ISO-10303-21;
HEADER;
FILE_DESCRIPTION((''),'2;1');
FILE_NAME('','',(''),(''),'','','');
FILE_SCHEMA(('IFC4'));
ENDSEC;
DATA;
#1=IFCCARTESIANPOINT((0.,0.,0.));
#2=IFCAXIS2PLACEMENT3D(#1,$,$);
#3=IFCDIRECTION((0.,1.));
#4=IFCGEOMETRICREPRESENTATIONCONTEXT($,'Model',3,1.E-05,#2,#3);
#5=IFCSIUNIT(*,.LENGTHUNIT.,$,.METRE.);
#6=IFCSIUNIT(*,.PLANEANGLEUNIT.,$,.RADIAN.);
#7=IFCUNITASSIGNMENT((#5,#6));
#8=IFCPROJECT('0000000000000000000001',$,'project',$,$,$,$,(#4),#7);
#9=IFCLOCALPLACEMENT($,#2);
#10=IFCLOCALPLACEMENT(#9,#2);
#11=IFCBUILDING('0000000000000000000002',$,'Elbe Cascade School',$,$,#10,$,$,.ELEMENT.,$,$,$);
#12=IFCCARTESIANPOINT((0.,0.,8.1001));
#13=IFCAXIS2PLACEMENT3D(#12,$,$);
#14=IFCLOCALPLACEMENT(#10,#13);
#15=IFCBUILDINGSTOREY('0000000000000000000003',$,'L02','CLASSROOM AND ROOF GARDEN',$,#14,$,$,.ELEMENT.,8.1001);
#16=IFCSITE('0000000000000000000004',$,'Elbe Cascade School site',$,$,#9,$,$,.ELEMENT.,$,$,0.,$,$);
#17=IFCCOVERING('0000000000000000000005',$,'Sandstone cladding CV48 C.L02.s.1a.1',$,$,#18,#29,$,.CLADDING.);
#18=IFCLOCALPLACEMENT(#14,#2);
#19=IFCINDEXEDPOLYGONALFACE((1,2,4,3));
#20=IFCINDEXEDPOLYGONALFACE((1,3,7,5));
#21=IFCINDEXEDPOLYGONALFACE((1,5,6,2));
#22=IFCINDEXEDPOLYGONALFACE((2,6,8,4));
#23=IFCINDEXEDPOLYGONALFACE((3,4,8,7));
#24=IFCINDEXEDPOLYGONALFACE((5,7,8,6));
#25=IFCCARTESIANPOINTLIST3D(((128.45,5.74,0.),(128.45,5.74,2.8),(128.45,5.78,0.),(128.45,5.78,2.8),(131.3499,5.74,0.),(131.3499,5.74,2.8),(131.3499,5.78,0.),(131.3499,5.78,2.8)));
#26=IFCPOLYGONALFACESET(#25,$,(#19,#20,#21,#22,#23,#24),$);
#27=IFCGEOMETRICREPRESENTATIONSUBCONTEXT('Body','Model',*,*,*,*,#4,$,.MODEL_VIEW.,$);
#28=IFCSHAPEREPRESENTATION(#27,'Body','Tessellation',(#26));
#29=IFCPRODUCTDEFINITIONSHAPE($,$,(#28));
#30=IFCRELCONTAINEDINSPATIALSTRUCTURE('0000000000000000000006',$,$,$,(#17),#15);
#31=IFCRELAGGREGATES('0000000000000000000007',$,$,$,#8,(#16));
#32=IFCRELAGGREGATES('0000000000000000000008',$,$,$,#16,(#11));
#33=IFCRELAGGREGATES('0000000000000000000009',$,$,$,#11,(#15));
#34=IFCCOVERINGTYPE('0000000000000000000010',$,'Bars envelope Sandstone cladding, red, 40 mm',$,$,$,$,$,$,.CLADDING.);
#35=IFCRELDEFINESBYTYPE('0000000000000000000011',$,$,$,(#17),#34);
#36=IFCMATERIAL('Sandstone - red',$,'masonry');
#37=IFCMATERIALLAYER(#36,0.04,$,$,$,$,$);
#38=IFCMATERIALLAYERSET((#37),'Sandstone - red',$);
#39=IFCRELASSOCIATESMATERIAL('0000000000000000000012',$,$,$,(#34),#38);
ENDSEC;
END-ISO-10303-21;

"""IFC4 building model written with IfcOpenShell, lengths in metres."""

from ifc_helpers import new_model, si_unit, direction, frame, origin, origin_2d, place, context, subcontext, project, spatial, rectangle, extrude, material, layer, layer_set, type_object, element, save


model = new_model("IFC4")

# Units and contexts
model_context = context("Model", 3, precision=1e-05, world=origin(), true_north=direction((0.0, 1.0)))
body_context = subcontext(model_context, "Body", "Model", "MODEL_VIEW")
ifc_project = project(units=[si_unit("LENGTHUNIT", "METRE"), si_unit("PLANEANGLEUNIT", "RADIAN")], contexts=[model_context])

# Site, building, storey
site_placement = place(None, origin())
site = spatial("IfcSite", under=ifc_project, at=site_placement, Name="Elbe Cascade School site", CompositionType="ELEMENT", RefElevation=0.0)
building_placement = place(site_placement, origin())
building = spatial("IfcBuilding", under=site, at=building_placement, Name="Elbe Cascade School", CompositionType="ELEMENT")
storey_placement = place(building_placement, frame((0.0, 0.0, 8.1001)))
storey = spatial("IfcBuildingStorey", under=building, at=storey_placement, Name="L02", Description="CLASSROOM AND ROOF GARDEN", CompositionType="ELEMENT", Elevation=8.1001)

# Covering
ifc_material_1 = material(Name="Sandstone - red", Category="masonry")
ifc_layer_1 = layer(ifc_material_1, 0.04)
ifc_layer_set_1 = layer_set([ifc_layer_1], Name="Sandstone - red")
covering_type_1 = type_object("IfcCoveringType", Name="Bars envelope Sandstone cladding, red, 40 mm", PredefinedType="CLADDING", material=ifc_layer_set_1)
covering_1_placement = place(storey_placement, frame((129.8999, 5.76, 0.0), z_axis=(0.0, 0.0, 1.0), x_axis=(1.0, 0.0, 0.0)))
element("IfcCovering", 1, at=covering_1_placement, inside=storey, type_object=covering_type_1, Name="Sandstone cladding CV48 C.L02.s.1a.1", PredefinedType="CLADDING", context=body_context, shape_type="SweptSolid", body=[
    extrude(rectangle(XDim=2.8999, YDim=0.04, at=origin_2d()), origin(), (0.0, 0.0, 1.0), 2.8),
])

save(model, "model.ifc")
